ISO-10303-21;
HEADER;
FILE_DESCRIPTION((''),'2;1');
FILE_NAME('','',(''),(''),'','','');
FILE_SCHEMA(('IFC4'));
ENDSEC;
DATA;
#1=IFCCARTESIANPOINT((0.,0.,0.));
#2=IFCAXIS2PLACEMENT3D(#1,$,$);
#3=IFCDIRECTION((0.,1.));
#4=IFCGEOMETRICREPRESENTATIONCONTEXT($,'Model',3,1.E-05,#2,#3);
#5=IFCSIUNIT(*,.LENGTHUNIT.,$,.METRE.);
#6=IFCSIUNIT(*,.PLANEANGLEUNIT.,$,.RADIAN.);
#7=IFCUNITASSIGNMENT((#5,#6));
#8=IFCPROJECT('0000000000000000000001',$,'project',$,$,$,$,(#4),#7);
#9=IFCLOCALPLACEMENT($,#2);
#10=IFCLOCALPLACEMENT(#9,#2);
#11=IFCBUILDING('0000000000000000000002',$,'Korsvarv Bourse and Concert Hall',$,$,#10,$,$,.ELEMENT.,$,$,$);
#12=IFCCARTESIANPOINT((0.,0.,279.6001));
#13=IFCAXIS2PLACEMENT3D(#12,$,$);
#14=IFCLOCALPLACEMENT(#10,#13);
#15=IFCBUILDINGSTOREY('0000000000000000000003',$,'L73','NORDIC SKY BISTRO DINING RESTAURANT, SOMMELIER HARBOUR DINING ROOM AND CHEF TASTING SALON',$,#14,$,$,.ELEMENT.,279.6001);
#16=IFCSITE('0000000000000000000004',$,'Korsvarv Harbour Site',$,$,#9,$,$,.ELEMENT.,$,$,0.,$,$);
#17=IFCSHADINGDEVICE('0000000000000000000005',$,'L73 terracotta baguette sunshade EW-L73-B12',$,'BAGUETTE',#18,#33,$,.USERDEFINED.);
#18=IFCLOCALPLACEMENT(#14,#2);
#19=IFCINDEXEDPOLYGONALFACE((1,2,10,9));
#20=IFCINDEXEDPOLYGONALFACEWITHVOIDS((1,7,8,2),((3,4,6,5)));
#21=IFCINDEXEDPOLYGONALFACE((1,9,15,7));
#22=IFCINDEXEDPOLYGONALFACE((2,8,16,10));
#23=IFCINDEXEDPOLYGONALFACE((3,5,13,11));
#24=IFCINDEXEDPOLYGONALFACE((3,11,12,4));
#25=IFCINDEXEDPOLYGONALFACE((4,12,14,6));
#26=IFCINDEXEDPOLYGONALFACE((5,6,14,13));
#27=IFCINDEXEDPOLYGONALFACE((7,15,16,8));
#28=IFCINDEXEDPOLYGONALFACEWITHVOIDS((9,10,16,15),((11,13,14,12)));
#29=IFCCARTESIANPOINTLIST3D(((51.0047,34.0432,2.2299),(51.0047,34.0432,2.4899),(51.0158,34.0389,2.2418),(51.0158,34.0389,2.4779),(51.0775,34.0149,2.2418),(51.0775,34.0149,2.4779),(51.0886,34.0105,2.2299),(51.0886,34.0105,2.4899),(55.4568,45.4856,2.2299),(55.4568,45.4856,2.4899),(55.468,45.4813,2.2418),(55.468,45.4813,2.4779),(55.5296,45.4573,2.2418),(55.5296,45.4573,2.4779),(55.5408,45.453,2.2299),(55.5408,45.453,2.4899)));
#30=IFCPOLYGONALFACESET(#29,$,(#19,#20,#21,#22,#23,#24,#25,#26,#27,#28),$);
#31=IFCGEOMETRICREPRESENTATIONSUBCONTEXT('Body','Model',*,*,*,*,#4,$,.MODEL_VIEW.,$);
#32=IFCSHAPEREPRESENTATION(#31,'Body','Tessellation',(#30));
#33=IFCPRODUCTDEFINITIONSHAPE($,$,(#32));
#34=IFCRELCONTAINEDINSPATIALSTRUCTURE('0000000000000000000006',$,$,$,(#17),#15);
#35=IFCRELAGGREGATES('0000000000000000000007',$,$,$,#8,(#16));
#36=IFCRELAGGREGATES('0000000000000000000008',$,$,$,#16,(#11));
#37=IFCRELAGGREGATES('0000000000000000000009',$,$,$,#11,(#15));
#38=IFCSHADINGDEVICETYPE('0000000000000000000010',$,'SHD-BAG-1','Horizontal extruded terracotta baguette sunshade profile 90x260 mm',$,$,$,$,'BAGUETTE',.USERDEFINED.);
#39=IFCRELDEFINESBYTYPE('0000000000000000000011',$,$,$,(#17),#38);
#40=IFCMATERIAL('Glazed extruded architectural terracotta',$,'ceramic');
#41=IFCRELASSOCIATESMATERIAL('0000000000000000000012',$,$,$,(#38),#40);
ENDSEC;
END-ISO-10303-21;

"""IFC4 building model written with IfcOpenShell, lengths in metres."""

from ifc_helpers import new_model, si_unit, direction, frame, origin, origin_2d, place, context, subcontext, project, spatial, hollow_rectangle, extrude, source, transform, mapped, material, material_profile, profile_set, type_object, element, save


model = new_model("IFC4")

# Units and contexts
model_context = context("Model", 3, precision=1e-05, world=origin(), true_north=direction((0.0, 1.0)))
body_context = subcontext(model_context, "Body", "Model", "MODEL_VIEW")
ifc_project = project(units=[si_unit("LENGTHUNIT", "METRE"), si_unit("PLANEANGLEUNIT", "RADIAN")], contexts=[model_context])

# Site, building, storey
site_placement = place(None, origin())
site = spatial("IfcSite", under=ifc_project, at=site_placement, Name="Korsvarv Harbour Site", CompositionType="ELEMENT", RefElevation=0.0)
building_placement = place(site_placement, origin())
building = spatial("IfcBuilding", under=site, at=building_placement, Name="Korsvarv Bourse and Concert Hall", CompositionType="ELEMENT")
storey_placement = place(building_placement, frame((0.0, 0.0, 279.6001)))
storey = spatial("IfcBuildingStorey", under=building, at=storey_placement, Name="L73", Description="NORDIC SKY BISTRO DINING RESTAURANT, SOMMELIER HARBOUR DINING ROOM AND CHEF TASTING SALON", CompositionType="ELEMENT", Elevation=279.6001)

# Shading device
ifc_material_1 = material(Name="Glazed extruded architectural terracotta", Category="ceramic")
ifc_material_profile_1 = material_profile(ifc_material_1, hollow_rectangle(XDim=0.0901, YDim=0.26, WallThickness=0.012, at=origin_2d()), Name="TC-BAG 90x260")
ifc_profile_set_1 = profile_set([ifc_material_profile_1], Name="Glazed extruded architectural terracotta")
shading_device_type = type_object("IfcShadingDeviceType", Name="SHD-BAG-1", Description="Horizontal extruded terracotta baguette sunshade profile 90x260 mm", ElementType="BAGUETTE", PredefinedType="USERDEFINED", material=ifc_profile_set_1)
shared_shape_1 = source(origin(), body_context, "Body", "SweptSolid", [
    extrude(hollow_rectangle(XDim=0.0901, YDim=0.26, WallThickness=0.012, at=origin_2d()), origin(), (0.0, 0.0, 1.0), 12.2781),
])
shading_device_placement = place(storey_placement, frame((51.0466, 34.0269, 2.3599), z_axis=(0.362611, 0.93194, 0.0), x_axis=(-0.93194, 0.362611, 0.0)))
element("IfcShadingDevice", 1, at=shading_device_placement, inside=storey, type_object=shading_device_type, Name="L73 terracotta baguette sunshade EW-L73-B12", ObjectType="BAGUETTE", PredefinedType="USERDEFINED", context=body_context, shape_type="MappedRepresentation", body=[
    mapped(shared_shape_1, transform((0.0, 0.0, 0.0), scale=1.0)),
])

save(model, "model.ifc")
